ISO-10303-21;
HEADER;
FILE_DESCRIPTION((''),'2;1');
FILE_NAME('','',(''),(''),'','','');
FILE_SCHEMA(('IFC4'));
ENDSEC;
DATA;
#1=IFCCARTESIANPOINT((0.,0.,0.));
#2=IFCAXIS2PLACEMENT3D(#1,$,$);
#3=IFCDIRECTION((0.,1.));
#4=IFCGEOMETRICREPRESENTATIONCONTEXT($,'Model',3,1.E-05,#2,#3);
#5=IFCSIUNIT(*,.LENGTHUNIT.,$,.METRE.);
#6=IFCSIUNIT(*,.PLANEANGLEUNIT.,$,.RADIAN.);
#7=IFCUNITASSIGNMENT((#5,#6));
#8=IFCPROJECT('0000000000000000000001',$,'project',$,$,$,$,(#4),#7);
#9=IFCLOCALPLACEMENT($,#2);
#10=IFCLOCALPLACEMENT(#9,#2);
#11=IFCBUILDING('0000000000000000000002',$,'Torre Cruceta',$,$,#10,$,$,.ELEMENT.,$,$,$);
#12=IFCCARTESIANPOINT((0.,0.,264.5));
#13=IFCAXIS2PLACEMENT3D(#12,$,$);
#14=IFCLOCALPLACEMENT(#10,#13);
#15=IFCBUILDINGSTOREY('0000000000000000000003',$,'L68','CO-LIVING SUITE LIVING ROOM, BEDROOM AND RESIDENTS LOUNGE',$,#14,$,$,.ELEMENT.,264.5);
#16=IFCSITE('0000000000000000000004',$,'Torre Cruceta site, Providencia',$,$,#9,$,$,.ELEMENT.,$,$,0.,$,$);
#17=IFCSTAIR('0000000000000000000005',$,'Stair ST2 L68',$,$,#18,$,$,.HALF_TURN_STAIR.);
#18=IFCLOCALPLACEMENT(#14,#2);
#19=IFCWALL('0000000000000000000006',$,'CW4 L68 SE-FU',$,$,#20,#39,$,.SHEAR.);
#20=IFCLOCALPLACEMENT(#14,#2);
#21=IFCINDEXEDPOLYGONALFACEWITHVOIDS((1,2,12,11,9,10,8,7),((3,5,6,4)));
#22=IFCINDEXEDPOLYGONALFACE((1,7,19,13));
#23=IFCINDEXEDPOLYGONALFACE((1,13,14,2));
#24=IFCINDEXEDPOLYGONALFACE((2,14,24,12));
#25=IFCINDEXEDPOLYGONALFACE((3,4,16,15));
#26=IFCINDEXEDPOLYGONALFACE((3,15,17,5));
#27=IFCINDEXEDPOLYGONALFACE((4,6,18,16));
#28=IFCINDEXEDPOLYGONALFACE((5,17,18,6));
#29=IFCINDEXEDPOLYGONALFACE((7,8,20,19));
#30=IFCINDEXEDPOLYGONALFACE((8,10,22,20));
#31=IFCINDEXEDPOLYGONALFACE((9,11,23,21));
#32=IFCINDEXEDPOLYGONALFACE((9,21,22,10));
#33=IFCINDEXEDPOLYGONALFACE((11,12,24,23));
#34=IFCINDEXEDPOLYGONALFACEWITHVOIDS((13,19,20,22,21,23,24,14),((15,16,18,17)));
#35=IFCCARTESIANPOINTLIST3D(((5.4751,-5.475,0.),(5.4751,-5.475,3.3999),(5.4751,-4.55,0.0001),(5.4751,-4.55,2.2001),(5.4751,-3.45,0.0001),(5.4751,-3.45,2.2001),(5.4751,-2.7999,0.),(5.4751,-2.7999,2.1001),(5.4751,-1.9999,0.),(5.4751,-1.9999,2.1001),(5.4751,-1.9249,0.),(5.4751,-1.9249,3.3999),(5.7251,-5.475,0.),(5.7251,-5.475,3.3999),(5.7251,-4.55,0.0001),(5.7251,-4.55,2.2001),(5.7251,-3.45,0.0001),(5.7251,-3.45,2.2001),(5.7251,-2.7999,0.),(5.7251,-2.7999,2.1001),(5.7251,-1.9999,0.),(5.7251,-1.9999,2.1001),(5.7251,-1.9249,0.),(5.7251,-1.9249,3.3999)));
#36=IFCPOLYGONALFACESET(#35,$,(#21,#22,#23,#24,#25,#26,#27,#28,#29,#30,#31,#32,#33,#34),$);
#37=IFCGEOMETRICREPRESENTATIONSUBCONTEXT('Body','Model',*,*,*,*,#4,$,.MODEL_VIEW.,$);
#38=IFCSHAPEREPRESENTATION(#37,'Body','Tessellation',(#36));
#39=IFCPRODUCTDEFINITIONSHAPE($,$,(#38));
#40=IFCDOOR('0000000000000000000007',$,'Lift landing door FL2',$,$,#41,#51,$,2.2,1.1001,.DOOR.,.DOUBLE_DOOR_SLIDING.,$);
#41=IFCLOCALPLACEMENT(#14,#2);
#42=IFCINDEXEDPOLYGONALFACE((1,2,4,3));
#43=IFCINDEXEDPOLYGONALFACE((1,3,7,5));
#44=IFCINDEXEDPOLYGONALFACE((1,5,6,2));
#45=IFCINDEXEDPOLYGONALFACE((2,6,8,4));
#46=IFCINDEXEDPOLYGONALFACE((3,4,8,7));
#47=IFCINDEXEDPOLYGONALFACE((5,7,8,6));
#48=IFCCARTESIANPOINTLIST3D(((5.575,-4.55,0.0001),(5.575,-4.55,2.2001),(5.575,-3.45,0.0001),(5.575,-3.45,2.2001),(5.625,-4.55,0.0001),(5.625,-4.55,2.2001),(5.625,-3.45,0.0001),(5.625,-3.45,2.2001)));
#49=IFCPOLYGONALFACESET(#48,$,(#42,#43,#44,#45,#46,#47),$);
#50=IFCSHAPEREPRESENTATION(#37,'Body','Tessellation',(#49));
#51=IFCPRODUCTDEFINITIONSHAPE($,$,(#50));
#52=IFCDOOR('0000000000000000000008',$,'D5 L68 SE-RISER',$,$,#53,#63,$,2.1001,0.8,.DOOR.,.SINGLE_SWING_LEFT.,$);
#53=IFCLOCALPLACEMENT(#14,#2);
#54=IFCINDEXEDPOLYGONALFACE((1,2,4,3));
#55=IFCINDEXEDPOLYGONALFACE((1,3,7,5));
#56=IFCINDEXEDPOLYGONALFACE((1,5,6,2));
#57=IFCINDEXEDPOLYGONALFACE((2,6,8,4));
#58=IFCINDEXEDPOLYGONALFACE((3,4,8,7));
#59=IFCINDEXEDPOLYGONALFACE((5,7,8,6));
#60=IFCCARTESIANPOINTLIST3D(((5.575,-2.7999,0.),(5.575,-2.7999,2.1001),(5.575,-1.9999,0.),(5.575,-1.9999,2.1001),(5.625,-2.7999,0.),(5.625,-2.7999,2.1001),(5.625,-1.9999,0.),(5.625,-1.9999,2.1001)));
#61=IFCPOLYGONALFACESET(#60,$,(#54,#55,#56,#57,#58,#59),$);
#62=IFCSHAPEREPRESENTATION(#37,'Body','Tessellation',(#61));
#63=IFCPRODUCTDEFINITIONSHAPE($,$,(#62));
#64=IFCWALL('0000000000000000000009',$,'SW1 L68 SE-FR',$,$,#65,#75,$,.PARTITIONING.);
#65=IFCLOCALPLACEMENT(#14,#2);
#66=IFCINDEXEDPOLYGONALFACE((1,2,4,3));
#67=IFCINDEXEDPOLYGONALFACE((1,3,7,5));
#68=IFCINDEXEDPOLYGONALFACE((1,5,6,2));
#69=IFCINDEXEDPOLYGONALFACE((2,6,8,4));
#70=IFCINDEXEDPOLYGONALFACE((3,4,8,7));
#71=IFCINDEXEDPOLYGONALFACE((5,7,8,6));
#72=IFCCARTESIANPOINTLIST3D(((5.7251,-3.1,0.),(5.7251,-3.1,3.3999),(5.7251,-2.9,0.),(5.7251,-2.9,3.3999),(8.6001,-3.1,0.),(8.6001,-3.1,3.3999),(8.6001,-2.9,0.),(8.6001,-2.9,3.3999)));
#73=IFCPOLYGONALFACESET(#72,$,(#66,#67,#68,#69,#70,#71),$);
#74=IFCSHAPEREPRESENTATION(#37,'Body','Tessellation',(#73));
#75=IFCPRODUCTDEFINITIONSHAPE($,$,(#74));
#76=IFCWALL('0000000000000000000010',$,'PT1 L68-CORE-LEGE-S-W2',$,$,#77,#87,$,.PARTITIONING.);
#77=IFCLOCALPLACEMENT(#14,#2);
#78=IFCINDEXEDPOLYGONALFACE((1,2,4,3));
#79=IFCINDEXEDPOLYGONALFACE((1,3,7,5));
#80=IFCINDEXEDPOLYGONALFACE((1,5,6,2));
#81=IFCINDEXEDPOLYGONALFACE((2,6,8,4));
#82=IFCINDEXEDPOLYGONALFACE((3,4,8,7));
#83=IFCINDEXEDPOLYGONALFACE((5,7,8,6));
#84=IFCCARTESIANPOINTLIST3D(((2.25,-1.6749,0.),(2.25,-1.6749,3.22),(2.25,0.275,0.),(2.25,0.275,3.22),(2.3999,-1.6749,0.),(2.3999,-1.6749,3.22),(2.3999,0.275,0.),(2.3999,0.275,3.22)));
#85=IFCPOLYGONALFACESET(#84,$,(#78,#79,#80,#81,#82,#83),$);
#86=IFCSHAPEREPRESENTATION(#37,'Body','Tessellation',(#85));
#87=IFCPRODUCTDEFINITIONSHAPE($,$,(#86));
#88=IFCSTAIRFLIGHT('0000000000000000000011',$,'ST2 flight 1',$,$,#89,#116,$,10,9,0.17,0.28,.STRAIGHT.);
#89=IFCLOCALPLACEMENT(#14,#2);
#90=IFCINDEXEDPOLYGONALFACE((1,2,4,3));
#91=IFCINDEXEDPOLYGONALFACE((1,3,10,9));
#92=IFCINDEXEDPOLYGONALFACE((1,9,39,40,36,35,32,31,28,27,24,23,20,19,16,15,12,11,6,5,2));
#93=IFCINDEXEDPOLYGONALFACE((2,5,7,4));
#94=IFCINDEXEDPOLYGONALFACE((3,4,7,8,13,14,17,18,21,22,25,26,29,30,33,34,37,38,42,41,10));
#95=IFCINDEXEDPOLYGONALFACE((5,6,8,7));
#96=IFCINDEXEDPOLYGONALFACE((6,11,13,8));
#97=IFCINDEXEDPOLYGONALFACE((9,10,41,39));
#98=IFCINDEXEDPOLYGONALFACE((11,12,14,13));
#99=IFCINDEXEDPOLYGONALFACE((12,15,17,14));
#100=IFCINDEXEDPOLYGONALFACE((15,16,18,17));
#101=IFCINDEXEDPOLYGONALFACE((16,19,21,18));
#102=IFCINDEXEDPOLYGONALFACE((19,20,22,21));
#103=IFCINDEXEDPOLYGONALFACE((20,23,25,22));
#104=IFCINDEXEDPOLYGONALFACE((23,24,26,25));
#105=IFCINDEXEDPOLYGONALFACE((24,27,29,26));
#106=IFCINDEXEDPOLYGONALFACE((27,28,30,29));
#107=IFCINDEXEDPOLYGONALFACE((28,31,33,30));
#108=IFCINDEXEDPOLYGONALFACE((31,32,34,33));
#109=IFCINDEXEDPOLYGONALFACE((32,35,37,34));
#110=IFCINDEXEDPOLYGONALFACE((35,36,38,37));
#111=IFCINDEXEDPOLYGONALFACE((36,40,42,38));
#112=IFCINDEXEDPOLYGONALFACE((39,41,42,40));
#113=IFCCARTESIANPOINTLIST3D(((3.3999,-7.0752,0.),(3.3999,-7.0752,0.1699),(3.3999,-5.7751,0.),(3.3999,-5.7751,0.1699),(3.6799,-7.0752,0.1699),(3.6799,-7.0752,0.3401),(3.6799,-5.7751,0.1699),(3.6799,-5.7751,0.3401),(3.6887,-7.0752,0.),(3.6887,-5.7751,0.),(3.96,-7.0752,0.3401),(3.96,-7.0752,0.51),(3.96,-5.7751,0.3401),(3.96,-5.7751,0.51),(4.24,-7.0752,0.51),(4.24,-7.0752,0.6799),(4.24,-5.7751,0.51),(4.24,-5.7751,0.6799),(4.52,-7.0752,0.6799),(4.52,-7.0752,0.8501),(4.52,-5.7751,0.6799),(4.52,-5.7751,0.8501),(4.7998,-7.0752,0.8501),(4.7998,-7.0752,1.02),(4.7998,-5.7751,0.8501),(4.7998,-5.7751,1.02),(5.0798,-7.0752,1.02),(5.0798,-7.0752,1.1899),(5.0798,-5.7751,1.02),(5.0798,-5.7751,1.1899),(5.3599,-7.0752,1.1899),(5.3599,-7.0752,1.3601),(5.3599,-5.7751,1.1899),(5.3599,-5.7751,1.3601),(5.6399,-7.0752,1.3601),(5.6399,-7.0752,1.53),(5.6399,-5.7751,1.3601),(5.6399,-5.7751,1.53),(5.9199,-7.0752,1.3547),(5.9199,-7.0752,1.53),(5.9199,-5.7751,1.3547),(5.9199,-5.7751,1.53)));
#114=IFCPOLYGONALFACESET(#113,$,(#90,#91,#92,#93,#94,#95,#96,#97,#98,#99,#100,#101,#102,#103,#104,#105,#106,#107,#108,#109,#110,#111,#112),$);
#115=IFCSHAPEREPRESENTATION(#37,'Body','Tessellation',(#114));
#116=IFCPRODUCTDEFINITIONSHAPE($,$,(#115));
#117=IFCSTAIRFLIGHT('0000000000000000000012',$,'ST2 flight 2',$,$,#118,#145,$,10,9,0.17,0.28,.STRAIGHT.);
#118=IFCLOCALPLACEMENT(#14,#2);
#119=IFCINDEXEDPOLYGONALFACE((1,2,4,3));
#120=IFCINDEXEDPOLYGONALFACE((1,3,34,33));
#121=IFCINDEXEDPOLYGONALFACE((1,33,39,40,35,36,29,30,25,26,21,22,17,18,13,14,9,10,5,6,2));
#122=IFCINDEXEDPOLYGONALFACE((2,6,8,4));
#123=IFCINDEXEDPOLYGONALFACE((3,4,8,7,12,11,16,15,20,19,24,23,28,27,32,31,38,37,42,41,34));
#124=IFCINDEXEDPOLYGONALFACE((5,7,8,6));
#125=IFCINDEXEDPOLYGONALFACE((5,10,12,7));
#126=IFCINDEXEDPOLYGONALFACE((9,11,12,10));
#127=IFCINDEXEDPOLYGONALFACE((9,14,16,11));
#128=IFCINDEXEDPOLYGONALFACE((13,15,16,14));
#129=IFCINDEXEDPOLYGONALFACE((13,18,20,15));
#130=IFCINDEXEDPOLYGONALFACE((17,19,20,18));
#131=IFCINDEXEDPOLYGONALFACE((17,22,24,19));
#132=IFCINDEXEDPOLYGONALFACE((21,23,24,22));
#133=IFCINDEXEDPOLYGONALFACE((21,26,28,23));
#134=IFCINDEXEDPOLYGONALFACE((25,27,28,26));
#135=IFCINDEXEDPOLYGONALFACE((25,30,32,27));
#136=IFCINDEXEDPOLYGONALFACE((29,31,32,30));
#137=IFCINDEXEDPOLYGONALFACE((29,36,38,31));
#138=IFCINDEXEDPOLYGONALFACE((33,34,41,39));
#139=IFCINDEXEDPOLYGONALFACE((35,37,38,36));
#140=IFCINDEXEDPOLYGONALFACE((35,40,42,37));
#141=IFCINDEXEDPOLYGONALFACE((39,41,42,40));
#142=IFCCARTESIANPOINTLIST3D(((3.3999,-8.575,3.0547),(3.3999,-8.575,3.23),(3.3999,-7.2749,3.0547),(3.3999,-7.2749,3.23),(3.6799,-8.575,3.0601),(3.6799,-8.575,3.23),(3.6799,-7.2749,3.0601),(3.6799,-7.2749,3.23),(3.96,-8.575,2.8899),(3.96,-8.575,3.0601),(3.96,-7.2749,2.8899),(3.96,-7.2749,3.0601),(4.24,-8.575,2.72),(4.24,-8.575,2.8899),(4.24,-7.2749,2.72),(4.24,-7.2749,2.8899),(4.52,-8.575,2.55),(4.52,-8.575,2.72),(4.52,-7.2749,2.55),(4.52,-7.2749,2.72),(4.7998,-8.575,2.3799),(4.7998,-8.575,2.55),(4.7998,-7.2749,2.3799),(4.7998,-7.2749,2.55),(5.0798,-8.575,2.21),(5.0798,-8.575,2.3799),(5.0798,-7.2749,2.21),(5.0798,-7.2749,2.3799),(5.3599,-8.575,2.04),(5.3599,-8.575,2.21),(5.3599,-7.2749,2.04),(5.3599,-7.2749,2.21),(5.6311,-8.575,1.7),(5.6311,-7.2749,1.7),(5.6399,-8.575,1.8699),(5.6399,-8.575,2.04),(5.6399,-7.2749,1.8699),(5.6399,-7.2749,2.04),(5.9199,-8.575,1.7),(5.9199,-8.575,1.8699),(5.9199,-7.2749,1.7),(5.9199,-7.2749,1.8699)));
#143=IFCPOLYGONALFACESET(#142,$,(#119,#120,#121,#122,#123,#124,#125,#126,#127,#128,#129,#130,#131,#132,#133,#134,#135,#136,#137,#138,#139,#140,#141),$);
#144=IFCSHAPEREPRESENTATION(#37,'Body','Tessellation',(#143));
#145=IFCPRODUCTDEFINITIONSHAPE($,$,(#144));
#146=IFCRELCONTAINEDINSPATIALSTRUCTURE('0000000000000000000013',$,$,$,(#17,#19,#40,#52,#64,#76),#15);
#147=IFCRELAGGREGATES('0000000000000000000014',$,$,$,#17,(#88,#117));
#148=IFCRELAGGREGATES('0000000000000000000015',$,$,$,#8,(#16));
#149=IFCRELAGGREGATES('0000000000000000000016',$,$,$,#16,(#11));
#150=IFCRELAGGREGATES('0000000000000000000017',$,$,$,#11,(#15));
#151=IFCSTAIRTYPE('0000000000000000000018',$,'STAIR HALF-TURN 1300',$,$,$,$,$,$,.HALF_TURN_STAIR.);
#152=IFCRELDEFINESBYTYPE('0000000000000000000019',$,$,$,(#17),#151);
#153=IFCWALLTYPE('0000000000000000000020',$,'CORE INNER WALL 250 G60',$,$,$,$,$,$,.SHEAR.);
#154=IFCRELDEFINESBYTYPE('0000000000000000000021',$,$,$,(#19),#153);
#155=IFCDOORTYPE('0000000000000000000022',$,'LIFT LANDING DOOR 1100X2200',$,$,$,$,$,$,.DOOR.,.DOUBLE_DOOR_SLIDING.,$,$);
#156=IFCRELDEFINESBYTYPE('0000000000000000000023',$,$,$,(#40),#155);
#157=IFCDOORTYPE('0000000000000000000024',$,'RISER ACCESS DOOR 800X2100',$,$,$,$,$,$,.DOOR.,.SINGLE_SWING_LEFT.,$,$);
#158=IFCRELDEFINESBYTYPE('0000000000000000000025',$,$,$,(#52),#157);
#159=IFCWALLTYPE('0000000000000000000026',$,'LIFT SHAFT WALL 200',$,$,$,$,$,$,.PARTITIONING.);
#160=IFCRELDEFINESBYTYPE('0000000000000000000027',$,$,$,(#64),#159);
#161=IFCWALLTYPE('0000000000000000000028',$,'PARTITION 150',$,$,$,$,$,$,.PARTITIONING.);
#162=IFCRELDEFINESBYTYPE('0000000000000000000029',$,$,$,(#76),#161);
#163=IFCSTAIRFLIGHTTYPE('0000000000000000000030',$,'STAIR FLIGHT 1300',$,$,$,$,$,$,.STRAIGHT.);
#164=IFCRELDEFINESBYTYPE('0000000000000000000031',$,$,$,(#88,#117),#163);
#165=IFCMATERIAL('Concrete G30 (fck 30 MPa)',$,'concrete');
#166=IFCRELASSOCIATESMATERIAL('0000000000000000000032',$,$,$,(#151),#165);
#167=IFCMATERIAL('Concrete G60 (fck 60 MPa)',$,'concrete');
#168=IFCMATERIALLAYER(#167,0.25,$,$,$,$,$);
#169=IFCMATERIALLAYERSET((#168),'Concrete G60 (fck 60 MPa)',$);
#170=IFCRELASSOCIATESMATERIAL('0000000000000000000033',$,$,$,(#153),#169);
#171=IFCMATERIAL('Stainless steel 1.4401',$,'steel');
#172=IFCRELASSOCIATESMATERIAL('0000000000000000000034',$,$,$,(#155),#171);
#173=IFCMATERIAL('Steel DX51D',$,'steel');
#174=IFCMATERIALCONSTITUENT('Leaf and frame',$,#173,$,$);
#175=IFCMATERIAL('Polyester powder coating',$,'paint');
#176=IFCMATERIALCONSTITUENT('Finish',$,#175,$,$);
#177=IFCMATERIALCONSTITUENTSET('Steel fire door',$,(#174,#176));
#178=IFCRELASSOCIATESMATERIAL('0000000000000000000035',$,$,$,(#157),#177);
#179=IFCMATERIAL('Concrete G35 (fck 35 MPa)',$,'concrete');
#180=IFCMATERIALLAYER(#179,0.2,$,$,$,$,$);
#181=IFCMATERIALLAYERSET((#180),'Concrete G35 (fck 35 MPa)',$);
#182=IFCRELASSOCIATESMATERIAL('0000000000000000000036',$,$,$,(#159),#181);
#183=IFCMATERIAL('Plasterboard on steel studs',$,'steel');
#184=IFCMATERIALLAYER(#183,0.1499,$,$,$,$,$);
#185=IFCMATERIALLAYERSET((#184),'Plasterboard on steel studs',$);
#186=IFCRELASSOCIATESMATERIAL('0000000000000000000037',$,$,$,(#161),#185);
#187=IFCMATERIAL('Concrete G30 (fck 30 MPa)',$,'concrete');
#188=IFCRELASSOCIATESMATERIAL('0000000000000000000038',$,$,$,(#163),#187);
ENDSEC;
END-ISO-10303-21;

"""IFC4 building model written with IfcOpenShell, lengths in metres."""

from ifc_helpers import new_model, si_unit, direction, frame, frame_2d, origin, place, context, subcontext, project, spatial, polyline, rectangle, outline, extrude, material, layer, layer_set, constituent, constituent_set, type_object, element, fill, aggregate, save


model = new_model("IFC4")

# Units and contexts
model_context = context("Model", 3, precision=1e-05, world=origin(), true_north=direction((0.0, 1.0)))
body_context = subcontext(model_context, "Body", "Model", "MODEL_VIEW")
ifc_project = project(units=[si_unit("LENGTHUNIT", "METRE"), si_unit("PLANEANGLEUNIT", "RADIAN")], contexts=[model_context])

# Site, building, storey
site_placement = place(None, origin())
site = spatial("IfcSite", under=ifc_project, at=site_placement, Name="Torre Cruceta site, Providencia", CompositionType="ELEMENT", RefElevation=0.0)
building_placement = place(site_placement, origin())
building = spatial("IfcBuilding", under=site, at=building_placement, Name="Torre Cruceta", CompositionType="ELEMENT")
storey_placement = place(building_placement, frame((0.0, 0.0, 264.5)))
storey = spatial("IfcBuildingStorey", under=building, at=storey_placement, Name="L68", Description="CO-LIVING SUITE LIVING ROOM, BEDROOM AND RESIDENTS LOUNGE", CompositionType="ELEMENT", Elevation=264.5)

# Stair
ifc_material_1 = material(Name="Concrete G30 (fck 30 MPa)", Category="concrete")
stair_type = type_object("IfcStairType", Name="STAIR HALF-TURN 1300", PredefinedType="HALF_TURN_STAIR", material=ifc_material_1)
stair_placement = place(storey_placement, origin())
stair = element("IfcStair", 1, at=stair_placement, inside=storey, type_object=stair_type, Name="Stair ST2 L68", PredefinedType="HALF_TURN_STAIR")

# Shared definitions
ifc_material_2 = material(Name="Concrete G60 (fck 60 MPa)", Category="concrete")
ifc_layer_1 = layer(ifc_material_2, 0.25)
ifc_layer_set_1 = layer_set([ifc_layer_1], Name="Concrete G60 (fck 60 MPa)")
wall_type_1 = type_object("IfcWallType", Name="CORE INNER WALL 250 G60", PredefinedType="SHEAR", material=ifc_layer_set_1)

# Wall, openings, doors
wall_1_placement = place(storey_placement, frame((5.6001, -1.925, 0.0), z_axis=(0.0, 0.0, 1.0), x_axis=(0.0, -1.0, 0.0)))
wall_1 = element("IfcWall", 2, at=wall_1_placement, inside=storey, type_object=wall_type_1, Name="CW4 L68 SE-FU", PredefinedType="SHEAR", context=body_context, shape_type="SweptSolid", body=[
    extrude(rectangle(XDim=3.55, YDim=0.25, at=frame_2d((1.7749, 0.0))), origin(), (0.0, 0.0, 1.0), 3.3999),
])
opening_1_placement = place(wall_1_placement, frame((1.5249, 0.0, 0.0)))
opening_1 = element("IfcOpeningElement", 3, at=opening_1_placement, cuts=wall_1, PredefinedType="OPENING", context=body_context, shape_type="SweptSolid", body=[
    extrude(rectangle(XDim=1.1001, YDim=2.2, at=frame_2d((0.55, 1.1001))), frame((0.0, 0.135, 0.0), z_axis=(0.0, -1.0, 0.0), x_axis=(1.0, 0.0, 0.0)), (0.0, 0.0, 1.0), 0.27),
])
opening_2_placement = place(wall_1_placement, frame((0.075, 0.0, 0.0)))
opening_2 = element("IfcOpeningElement", 4, at=opening_2_placement, cuts=wall_1, PredefinedType="OPENING", context=body_context, shape_type="SweptSolid", body=[
    extrude(rectangle(XDim=0.8, YDim=2.1001, at=frame_2d((0.3999, 1.05))), frame((0.0, 0.135, 0.0), z_axis=(0.0, -1.0, 0.0), x_axis=(1.0, 0.0, 0.0)), (0.0, 0.0, 1.0), 0.27),
])
ifc_material_3 = material(Name="Stainless steel 1.4401", Category="steel")
door_type_1 = type_object("IfcDoorType", Name="LIFT LANDING DOOR 1100X2200", OperationType="DOUBLE_DOOR_SLIDING", PredefinedType="DOOR", material=ifc_material_3)
door_1_placement = place(opening_1_placement, origin())
door_1 = element("IfcDoor", 5, at=door_1_placement, inside=storey, type_object=door_type_1, Name="Lift landing door FL2", OperationType="DOUBLE_DOOR_SLIDING", OverallHeight=2.2, OverallWidth=1.1001, PredefinedType="DOOR", context=body_context, shape_type="SweptSolid", body=[
    extrude(rectangle(XDim=1.1001, YDim=2.2, at=frame_2d((0.55, 1.1001))), frame((0.0, 0.0249, 0.0), z_axis=(0.0, -1.0, 0.0), x_axis=(1.0, 0.0, 0.0)), (0.0, 0.0, 1.0), 0.05),
])
fill(opening_1, door_1)
ifc_material_4 = material(Name="Steel DX51D", Category="steel")
ifc_constituent_1 = constituent(ifc_material_4, Name="Leaf and frame")
ifc_material_5 = material(Name="Polyester powder coating", Category="paint")
ifc_constituent_2 = constituent(ifc_material_5, Name="Finish")
ifc_constituent_set_1 = constituent_set(constituents=[ifc_constituent_1, ifc_constituent_2], Name="Steel fire door")
door_type_2 = type_object("IfcDoorType", Name="RISER ACCESS DOOR 800X2100", OperationType="SINGLE_SWING_LEFT", PredefinedType="DOOR", material=ifc_constituent_set_1)
door_2_placement = place(opening_2_placement, origin())
door_2 = element("IfcDoor", 6, at=door_2_placement, inside=storey, type_object=door_type_2, Name="D5 L68 SE-RISER", OperationType="SINGLE_SWING_LEFT", OverallHeight=2.1001, OverallWidth=0.8, PredefinedType="DOOR", context=body_context, shape_type="SweptSolid", body=[
    extrude(rectangle(XDim=0.8, YDim=2.1001, at=frame_2d((0.3999, 1.05))), frame((0.0, 0.0249, 0.0), z_axis=(0.0, -1.0, 0.0), x_axis=(1.0, 0.0, 0.0)), (0.0, 0.0, 1.0), 0.05),
])
fill(opening_2, door_2)

# Walls
ifc_material_6 = material(Name="Concrete G35 (fck 35 MPa)", Category="concrete")
ifc_layer_2 = layer(ifc_material_6, 0.2)
ifc_layer_set_2 = layer_set([ifc_layer_2], Name="Concrete G35 (fck 35 MPa)")
wall_type_2 = type_object("IfcWallType", Name="LIFT SHAFT WALL 200", PredefinedType="PARTITIONING", material=ifc_layer_set_2)
wall_2_placement = place(storey_placement, frame((5.7251, -3.0, 0.0), z_axis=(0.0, 0.0, 1.0), x_axis=(1.0, 0.0, 0.0)))
element("IfcWall", 7, at=wall_2_placement, inside=storey, type_object=wall_type_2, Name="SW1 L68 SE-FR", PredefinedType="PARTITIONING", context=body_context, shape_type="SweptSolid", body=[
    extrude(rectangle(XDim=2.875, YDim=0.2, at=frame_2d((1.4375, 0.0))), origin(), (0.0, 0.0, 1.0), 3.3999),
])
ifc_material_7 = material(Name="Plasterboard on steel studs", Category="steel")
ifc_layer_3 = layer(ifc_material_7, 0.1499)
ifc_layer_set_3 = layer_set([ifc_layer_3], Name="Plasterboard on steel studs")
wall_type_3 = type_object("IfcWallType", Name="PARTITION 150", PredefinedType="PARTITIONING", material=ifc_layer_set_3)
wall_3_placement = place(storey_placement, frame((2.325, -1.675, 0.0), z_axis=(0.0, 0.0, 1.0), x_axis=(0.0, 1.0, 0.0)))
element("IfcWall", 8, at=wall_3_placement, inside=storey, type_object=wall_type_3, Name="PT1 L68-CORE-LEGE-S-W2", PredefinedType="PARTITIONING", context=body_context, shape_type="SweptSolid", body=[
    extrude(rectangle(XDim=1.95, YDim=0.1499, at=frame_2d((0.9751, 0.0))), origin(), (0.0, 0.0, 1.0), 3.22),
])

# Stair flights
ifc_material_8 = material(Name="Concrete G30 (fck 30 MPa)", Category="concrete")
stair_flight_type = type_object("IfcStairFlightType", Name="STAIR FLIGHT 1300", PredefinedType="STRAIGHT", material=ifc_material_8)
stair_flight_1_placement = place(storey_placement, frame((3.3999, -6.425, 0.0), z_axis=(0.0, 0.0, 1.0), x_axis=(1.0, 0.0, 0.0)))
stair_flight_1 = element("IfcStairFlight", 9, at=stair_flight_1_placement, type_object=stair_flight_type, Name="ST2 flight 1", NumberOfRisers=10, NumberOfTreads=9, PredefinedType="STRAIGHT", RiserHeight=0.17, TreadLength=0.28, context=body_context, shape_type="SweptSolid", body=[
    extrude(outline(polyline([(0.0, 0.0), (0.0, 0.1699), (0.28, 0.1699), (0.28, 0.3401), (0.5601, 0.3401), (0.5601, 0.51), (0.8401, 0.51), (0.8401, 0.6799), (1.1201, 0.6799), (1.1201, 0.8501), (1.3999, 0.8501), (1.3999, 1.02), (1.6799, 1.02), (1.6799, 1.1899), (1.96, 1.1899), (1.96, 1.3601), (2.24, 1.3601), (2.24, 1.53), (2.52, 1.53), (2.52, 1.7), (2.52, 1.3547), (0.2888, 0.0), (0.0, 0.0)])), frame((0.0, 0.6499, 0.0), z_axis=(0.0, -1.0, 0.0), x_axis=(1.0, 0.0, 0.0)), (0.0, 0.0, 1.0), 1.3),
])
stair_flight_2_placement = place(storey_placement, frame((5.9199, -7.925, 1.7), z_axis=(0.0, 0.0, 1.0), x_axis=(-1.0, 0.0, 0.0)))
stair_flight_2 = element("IfcStairFlight", 10, at=stair_flight_2_placement, type_object=stair_flight_type, Name="ST2 flight 2", NumberOfRisers=10, NumberOfTreads=9, PredefinedType="STRAIGHT", RiserHeight=0.17, TreadLength=0.28, context=body_context, shape_type="SweptSolid", body=[
    extrude(outline(polyline([(0.0, 0.0), (0.0, 0.1699), (0.28, 0.1699), (0.28, 0.3401), (0.5601, 0.3401), (0.5601, 0.51), (0.8401, 0.51), (0.8401, 0.6799), (1.1201, 0.6799), (1.1201, 0.8501), (1.3999, 0.8501), (1.3999, 1.02), (1.6799, 1.02), (1.6799, 1.1899), (1.96, 1.1899), (1.96, 1.3601), (2.24, 1.3601), (2.24, 1.53), (2.52, 1.53), (2.52, 1.7), (2.52, 1.3547), (0.2888, 0.0), (0.0, 0.0)])), frame((0.0, 0.6499, 0.0), z_axis=(0.0, -1.0, 0.0), x_axis=(1.0, 0.0, 0.0)), (0.0, 0.0, 1.0), 1.3),
])
aggregate(stair, [stair_flight_1, stair_flight_2])

save(model, "model.ifc")
